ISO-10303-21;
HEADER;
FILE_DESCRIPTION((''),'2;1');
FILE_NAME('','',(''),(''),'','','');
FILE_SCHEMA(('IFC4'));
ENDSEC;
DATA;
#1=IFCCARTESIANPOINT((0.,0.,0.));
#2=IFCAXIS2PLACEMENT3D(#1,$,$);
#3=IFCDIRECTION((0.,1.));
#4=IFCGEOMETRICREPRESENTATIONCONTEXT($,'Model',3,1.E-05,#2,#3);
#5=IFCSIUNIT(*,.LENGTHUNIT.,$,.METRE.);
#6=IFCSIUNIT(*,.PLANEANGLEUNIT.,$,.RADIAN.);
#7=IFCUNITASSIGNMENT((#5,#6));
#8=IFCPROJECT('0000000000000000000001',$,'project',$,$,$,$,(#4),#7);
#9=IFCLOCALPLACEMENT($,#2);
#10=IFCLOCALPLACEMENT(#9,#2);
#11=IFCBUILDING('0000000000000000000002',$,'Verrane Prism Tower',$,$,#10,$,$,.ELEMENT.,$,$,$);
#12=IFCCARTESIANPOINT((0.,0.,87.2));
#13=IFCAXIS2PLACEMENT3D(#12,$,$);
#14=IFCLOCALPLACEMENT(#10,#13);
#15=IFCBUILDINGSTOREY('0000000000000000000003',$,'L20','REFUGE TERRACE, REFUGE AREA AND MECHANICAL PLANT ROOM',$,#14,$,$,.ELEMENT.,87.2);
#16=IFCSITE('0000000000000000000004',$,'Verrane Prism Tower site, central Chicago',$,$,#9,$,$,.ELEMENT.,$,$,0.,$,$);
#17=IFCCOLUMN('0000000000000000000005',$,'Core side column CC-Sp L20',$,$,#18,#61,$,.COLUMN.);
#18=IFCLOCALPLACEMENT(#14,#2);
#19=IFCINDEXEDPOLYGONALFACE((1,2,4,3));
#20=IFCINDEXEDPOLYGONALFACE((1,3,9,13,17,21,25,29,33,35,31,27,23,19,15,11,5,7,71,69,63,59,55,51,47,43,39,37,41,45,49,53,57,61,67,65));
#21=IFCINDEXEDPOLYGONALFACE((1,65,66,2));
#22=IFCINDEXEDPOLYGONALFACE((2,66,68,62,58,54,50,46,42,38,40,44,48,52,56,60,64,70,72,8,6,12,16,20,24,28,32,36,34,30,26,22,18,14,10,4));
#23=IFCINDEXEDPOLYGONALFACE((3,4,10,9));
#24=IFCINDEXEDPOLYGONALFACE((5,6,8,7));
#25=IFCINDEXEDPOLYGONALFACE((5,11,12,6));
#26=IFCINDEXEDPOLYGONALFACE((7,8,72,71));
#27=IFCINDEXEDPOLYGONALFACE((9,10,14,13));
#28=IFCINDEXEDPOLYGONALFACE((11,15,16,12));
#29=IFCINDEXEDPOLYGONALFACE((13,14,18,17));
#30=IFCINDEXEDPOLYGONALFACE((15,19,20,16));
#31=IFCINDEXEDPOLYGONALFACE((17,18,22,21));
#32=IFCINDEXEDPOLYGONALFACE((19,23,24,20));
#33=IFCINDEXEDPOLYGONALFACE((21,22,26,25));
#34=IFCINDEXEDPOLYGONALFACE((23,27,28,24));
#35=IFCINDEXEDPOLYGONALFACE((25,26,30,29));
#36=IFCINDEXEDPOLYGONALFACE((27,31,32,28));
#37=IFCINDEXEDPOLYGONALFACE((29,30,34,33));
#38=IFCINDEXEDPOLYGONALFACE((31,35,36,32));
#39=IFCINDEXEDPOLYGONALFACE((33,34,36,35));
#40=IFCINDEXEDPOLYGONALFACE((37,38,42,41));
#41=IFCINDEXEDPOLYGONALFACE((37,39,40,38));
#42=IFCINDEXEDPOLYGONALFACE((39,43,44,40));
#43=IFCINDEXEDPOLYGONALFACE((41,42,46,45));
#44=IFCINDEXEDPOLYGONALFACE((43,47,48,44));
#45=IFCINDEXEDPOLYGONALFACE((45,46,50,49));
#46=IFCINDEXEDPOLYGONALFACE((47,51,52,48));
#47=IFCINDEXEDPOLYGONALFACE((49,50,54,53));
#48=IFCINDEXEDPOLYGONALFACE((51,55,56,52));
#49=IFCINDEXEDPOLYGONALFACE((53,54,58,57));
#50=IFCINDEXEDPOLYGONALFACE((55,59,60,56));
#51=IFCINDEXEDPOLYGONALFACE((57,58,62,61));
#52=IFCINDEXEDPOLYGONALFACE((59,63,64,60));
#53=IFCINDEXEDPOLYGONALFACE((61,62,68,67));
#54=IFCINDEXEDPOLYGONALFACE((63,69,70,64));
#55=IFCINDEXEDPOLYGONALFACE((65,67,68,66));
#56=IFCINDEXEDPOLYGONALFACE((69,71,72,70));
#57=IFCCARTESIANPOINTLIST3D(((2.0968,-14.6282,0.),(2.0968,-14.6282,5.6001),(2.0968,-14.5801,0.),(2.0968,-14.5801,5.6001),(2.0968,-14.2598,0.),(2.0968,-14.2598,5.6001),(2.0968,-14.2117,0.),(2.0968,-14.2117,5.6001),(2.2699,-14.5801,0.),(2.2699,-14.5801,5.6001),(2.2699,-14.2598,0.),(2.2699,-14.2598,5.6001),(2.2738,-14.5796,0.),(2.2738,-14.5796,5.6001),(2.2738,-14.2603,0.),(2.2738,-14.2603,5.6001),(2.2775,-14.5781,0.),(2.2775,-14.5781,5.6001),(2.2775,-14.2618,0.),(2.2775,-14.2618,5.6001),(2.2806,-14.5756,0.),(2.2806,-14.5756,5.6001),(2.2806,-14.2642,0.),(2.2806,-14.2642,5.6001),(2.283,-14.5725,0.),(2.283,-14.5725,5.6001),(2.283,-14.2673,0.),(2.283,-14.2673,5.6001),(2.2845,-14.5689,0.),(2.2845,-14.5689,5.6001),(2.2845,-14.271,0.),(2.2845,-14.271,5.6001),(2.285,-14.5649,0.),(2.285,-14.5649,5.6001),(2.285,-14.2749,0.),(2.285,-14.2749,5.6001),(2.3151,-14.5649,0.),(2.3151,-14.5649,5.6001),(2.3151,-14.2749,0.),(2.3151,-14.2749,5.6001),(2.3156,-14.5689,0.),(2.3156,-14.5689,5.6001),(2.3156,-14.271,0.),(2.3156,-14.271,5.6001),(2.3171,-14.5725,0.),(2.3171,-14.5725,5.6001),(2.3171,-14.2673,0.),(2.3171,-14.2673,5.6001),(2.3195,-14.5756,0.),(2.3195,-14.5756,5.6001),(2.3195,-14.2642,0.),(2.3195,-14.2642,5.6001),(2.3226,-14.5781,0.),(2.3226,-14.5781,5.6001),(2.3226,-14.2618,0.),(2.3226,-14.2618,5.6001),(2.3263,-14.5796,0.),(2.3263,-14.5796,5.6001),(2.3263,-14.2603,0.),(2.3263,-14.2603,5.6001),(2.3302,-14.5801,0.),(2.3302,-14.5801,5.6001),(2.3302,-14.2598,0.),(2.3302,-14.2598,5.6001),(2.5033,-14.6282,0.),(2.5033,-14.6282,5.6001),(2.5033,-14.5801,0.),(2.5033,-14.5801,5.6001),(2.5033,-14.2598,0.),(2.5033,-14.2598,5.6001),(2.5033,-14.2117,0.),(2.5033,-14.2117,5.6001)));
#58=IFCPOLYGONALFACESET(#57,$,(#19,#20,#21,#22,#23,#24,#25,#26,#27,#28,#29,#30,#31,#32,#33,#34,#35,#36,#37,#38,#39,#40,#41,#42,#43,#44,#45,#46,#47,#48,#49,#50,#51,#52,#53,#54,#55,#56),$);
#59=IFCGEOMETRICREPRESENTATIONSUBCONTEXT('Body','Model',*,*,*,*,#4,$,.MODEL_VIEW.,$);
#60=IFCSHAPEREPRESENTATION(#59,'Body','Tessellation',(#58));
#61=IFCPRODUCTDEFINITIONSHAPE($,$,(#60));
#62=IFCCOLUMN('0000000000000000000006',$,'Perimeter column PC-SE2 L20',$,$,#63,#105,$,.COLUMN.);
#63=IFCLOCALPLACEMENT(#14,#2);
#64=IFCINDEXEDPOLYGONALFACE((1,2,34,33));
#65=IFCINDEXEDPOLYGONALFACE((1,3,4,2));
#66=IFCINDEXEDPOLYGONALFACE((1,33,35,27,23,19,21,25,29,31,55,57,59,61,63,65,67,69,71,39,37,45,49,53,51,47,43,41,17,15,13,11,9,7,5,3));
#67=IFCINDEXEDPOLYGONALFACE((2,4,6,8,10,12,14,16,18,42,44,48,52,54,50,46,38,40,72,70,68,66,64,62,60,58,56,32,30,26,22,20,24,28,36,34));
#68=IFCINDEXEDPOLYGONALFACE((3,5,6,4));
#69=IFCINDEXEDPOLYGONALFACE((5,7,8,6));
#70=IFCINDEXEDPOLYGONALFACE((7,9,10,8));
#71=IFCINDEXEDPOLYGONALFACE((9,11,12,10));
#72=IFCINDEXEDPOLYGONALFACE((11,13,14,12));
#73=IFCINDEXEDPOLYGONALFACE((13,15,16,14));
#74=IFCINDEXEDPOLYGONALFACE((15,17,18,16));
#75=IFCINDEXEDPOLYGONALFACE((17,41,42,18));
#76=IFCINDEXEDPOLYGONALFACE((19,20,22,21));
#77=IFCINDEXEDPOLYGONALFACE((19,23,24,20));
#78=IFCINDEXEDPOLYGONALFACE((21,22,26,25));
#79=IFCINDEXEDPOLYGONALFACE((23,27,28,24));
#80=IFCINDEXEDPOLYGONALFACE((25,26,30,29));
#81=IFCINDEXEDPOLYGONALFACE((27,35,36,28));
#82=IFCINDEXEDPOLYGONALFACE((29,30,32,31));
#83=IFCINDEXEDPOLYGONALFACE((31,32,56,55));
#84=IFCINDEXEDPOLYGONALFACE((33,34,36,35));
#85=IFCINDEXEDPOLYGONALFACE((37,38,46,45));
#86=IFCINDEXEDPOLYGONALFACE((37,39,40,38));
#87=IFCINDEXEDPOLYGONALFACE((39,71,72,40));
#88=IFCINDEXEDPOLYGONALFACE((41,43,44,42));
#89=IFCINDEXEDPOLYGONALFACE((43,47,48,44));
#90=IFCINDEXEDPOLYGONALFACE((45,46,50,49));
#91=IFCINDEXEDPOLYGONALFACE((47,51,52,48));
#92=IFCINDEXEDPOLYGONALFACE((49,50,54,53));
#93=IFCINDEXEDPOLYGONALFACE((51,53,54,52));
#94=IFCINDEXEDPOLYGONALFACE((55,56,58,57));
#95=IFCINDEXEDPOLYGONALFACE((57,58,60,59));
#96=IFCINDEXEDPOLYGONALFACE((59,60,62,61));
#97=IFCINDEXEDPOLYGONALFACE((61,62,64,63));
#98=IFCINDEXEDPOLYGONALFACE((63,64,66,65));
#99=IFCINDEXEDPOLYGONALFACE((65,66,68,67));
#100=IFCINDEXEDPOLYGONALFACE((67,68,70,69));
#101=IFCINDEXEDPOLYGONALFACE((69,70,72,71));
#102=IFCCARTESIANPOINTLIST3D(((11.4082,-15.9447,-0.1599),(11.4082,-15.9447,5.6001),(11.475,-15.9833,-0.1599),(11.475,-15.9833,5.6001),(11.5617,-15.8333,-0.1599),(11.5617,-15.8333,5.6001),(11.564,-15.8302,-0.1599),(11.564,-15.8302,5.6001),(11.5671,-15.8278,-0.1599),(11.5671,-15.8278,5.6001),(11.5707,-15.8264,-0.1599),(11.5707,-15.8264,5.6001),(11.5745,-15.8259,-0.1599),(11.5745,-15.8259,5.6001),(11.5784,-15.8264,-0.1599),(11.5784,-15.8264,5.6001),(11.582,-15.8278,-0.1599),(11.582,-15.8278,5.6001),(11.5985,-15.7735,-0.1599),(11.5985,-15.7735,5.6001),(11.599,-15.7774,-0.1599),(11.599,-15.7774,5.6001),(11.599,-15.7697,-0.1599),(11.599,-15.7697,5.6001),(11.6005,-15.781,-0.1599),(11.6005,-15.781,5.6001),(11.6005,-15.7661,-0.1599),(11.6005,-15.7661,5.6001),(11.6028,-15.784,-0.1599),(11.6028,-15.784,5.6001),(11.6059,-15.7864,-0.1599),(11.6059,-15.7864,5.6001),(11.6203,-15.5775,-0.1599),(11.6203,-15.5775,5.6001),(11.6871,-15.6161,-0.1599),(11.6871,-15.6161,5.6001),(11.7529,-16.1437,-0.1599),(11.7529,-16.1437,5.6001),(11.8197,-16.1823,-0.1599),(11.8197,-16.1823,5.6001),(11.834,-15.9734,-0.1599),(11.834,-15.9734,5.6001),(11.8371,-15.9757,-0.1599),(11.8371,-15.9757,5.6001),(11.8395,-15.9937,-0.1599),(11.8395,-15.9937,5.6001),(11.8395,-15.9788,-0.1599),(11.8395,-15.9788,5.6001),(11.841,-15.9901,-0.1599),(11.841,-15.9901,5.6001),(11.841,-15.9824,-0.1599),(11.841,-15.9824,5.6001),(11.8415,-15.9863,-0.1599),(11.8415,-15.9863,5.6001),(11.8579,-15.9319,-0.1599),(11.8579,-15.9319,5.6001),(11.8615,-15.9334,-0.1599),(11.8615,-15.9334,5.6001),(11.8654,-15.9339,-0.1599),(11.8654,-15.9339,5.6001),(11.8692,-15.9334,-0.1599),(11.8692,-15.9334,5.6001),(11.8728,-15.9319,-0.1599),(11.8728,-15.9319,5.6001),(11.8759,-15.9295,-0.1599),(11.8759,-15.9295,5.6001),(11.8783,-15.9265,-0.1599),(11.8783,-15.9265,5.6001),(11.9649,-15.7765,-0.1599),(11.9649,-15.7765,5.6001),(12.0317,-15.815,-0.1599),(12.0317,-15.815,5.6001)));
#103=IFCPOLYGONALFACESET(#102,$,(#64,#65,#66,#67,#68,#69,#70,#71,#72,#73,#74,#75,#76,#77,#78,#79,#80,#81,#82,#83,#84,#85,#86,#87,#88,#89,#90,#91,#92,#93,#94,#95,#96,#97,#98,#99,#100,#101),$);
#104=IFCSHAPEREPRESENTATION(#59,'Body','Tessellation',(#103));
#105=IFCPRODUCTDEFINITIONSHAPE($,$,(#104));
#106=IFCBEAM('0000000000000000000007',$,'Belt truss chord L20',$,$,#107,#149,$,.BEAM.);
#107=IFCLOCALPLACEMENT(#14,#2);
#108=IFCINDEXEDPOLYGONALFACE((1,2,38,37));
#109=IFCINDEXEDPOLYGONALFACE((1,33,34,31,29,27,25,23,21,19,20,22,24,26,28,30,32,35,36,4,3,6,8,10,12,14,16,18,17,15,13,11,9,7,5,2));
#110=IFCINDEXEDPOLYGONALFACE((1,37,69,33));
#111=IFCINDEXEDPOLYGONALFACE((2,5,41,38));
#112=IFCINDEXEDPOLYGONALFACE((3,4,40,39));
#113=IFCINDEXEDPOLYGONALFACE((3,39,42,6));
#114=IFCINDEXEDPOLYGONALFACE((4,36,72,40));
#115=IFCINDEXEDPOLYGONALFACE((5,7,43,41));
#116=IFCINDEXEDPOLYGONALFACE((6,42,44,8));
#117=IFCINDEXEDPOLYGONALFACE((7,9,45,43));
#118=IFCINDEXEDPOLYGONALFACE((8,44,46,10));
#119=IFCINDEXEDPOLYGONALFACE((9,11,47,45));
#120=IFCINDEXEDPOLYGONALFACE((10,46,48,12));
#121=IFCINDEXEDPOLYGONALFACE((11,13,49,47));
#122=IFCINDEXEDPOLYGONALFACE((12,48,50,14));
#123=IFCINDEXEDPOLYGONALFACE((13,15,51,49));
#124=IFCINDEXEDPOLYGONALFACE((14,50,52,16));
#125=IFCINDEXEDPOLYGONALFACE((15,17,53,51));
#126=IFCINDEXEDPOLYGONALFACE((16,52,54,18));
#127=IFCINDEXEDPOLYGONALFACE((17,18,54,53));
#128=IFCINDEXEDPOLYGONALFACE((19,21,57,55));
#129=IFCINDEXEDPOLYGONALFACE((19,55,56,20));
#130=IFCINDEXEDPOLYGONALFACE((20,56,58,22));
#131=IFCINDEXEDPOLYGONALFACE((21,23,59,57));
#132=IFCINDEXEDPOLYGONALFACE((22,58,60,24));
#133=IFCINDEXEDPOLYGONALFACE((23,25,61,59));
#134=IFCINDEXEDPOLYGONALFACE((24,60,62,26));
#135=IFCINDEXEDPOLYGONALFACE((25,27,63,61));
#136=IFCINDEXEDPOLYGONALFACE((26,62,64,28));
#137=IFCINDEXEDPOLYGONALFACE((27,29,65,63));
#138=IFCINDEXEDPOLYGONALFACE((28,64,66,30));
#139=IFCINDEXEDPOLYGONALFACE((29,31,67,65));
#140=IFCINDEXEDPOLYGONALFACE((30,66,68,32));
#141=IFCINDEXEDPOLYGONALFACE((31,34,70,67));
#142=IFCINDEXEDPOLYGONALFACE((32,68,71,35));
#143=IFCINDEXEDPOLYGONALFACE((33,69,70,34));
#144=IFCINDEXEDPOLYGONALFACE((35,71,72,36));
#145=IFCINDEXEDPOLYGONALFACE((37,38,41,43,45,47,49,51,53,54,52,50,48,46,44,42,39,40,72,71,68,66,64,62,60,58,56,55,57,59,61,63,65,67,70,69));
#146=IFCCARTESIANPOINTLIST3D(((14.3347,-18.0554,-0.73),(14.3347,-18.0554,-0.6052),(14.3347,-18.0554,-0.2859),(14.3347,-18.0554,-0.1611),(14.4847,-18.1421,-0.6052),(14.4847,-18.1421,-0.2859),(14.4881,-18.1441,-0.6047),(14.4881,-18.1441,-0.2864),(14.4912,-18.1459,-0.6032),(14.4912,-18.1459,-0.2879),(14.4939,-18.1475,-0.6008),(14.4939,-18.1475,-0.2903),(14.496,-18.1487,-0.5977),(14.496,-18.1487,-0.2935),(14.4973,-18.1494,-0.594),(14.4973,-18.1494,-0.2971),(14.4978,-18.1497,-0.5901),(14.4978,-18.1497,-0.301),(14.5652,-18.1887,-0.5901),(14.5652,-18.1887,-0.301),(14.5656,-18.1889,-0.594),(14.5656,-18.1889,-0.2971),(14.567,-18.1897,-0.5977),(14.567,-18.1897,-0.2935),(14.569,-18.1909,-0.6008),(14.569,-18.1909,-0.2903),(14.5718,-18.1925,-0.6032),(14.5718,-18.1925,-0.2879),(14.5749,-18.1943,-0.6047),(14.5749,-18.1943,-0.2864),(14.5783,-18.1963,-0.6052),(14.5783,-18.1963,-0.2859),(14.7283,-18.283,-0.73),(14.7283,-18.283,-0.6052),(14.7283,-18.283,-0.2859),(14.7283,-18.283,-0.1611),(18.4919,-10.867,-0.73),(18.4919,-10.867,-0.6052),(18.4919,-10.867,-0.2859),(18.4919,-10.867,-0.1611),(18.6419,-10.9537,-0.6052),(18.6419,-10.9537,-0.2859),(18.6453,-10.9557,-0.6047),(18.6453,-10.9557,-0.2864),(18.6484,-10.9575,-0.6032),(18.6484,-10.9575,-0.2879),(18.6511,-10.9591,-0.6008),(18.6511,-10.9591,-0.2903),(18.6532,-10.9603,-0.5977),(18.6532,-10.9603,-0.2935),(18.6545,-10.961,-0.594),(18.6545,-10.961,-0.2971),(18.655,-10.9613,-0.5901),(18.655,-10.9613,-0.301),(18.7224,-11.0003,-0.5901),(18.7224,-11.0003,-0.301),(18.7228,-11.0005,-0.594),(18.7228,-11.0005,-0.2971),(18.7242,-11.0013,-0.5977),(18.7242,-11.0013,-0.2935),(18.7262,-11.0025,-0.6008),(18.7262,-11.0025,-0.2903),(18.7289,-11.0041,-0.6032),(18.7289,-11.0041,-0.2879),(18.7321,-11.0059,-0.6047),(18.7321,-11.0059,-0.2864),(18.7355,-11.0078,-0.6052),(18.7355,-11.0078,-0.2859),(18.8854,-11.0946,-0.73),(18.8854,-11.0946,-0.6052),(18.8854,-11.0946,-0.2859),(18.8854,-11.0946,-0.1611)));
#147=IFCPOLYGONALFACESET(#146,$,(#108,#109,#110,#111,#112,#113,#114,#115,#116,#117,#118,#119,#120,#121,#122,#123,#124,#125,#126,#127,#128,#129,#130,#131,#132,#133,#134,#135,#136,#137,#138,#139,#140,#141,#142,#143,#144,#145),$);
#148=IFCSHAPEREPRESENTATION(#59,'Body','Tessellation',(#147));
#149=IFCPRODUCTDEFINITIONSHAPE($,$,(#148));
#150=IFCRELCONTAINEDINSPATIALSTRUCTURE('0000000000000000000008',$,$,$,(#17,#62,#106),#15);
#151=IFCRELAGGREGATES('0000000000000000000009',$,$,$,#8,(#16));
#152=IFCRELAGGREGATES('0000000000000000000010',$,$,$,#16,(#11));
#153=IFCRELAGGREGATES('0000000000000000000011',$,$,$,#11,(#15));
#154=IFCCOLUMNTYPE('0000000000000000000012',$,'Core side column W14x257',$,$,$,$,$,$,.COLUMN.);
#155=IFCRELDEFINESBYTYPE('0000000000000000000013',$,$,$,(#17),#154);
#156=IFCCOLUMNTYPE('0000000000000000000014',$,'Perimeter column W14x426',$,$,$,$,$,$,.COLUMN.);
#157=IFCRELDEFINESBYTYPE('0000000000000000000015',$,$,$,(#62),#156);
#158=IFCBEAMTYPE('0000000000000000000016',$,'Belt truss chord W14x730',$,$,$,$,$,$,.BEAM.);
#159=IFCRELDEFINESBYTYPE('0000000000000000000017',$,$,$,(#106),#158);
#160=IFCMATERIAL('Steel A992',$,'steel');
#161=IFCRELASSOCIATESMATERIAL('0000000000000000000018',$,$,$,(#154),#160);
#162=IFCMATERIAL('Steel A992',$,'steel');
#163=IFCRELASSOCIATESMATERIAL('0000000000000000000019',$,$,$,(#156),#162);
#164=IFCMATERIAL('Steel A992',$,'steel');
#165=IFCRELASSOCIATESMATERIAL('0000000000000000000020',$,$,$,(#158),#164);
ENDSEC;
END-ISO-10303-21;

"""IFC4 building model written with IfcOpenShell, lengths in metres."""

from ifc_helpers import new_model, si_unit, direction, frame, origin, origin_2d, place, context, subcontext, project, spatial, i_section, extrude, material, material_profile, profile_set, type_object, element, save


model = new_model("IFC4")

# Units and contexts
model_context = context("Model", 3, precision=1e-05, world=origin(), true_north=direction((0.0, 1.0)))
body_context = subcontext(model_context, "Body", "Model", "MODEL_VIEW")
ifc_project = project(units=[si_unit("LENGTHUNIT", "METRE"), si_unit("PLANEANGLEUNIT", "RADIAN")], contexts=[model_context])

# Site, building, storey
site_placement = place(None, origin())
site = spatial("IfcSite", under=ifc_project, at=site_placement, Name="Verrane Prism Tower site, central Chicago", CompositionType="ELEMENT", RefElevation=0.0)
building_placement = place(site_placement, origin())
building = spatial("IfcBuilding", under=site, at=building_placement, Name="Verrane Prism Tower", CompositionType="ELEMENT")
storey_placement = place(building_placement, frame((0.0, 0.0, 87.2)))
storey = spatial("IfcBuildingStorey", under=building, at=storey_placement, Name="L20", Description="REFUGE TERRACE, REFUGE AREA AND MECHANICAL PLANT ROOM", CompositionType="ELEMENT", Elevation=87.2)

# Columns
ifc_material_1 = material(Name="Steel A992", Category="steel")
ifc_material_profile_1 = material_profile(ifc_material_1, i_section(OverallWidth=0.4065, OverallDepth=0.4165, WebThickness=0.03, FlangeThickness=0.0481, FilletRadius=0.0151, at=origin_2d()), Name="W14x257")
ifc_profile_set_1 = profile_set([ifc_material_profile_1], Name="Steel A992")
column_type_1 = type_object("IfcColumnType", Name="Core side column W14x257", PredefinedType="COLUMN", material=ifc_profile_set_1)
column_1_placement = place(storey_placement, frame((2.3, -14.4199, 0.0), z_axis=(0.0, 0.0, 1.0), x_axis=(1.0, 0.0, 0.0)))
element("IfcColumn", 1, at=column_1_placement, inside=storey, type_object=column_type_1, Name="Core side column CC-Sp L20", PredefinedType="COLUMN", context=body_context, shape_type="SweptSolid", body=[
    extrude(i_section(OverallWidth=0.4065, OverallDepth=0.4165, WebThickness=0.03, FlangeThickness=0.0481, FilletRadius=0.0151, at=origin_2d()), origin(), (0.0, 0.0, 1.0), 5.6001),
])
ifc_material_2 = material(Name="Steel A992", Category="steel")
ifc_material_profile_2 = material_profile(ifc_material_2, i_section(OverallWidth=0.4241, OverallDepth=0.4751, WebThickness=0.0479, FlangeThickness=0.0771, FilletRadius=0.0149, at=origin_2d()), Name="W14x426")
ifc_profile_set_2 = profile_set([ifc_material_profile_2], Name="Steel A992")
column_type_2 = type_object("IfcColumnType", Name="Perimeter column W14x426", PredefinedType="COLUMN", material=ifc_profile_set_2)
column_2_placement = place(storey_placement, frame((11.72, -15.8799, -0.1599), z_axis=(0.0, 0.0, 1.0), x_axis=(-0.5, -0.866025, 0.0)))
element("IfcColumn", 2, at=column_2_placement, inside=storey, type_object=column_type_2, Name="Perimeter column PC-SE2 L20", PredefinedType="COLUMN", context=body_context, shape_type="SweptSolid", body=[
    extrude(i_section(OverallWidth=0.4241, OverallDepth=0.4751, WebThickness=0.0479, FlangeThickness=0.0771, FilletRadius=0.0149, at=origin_2d()), origin(), (0.0, 0.0, 1.0), 5.76),
])

# Beam
ifc_material_3 = material(Name="Steel A992", Category="steel")
ifc_material_profile_3 = material_profile(ifc_material_3, i_section(OverallWidth=0.4546, OverallDepth=0.5688, WebThickness=0.0779, FlangeThickness=0.1248, FilletRadius=0.0151, at=origin_2d()), Name="W14x730")
ifc_profile_set_3 = profile_set([ifc_material_profile_3], Name="Steel A992")
beam_type_1 = type_object("IfcBeamType", Name="Belt truss chord W14x730", PredefinedType="BEAM", material=ifc_profile_set_3)
beam_1_placement = place(storey_placement, frame((14.5315, -18.1692, -0.4456), z_axis=(0.500628, 0.865662, 0.0), x_axis=(-0.865662, 0.500628, 0.0)))
element("IfcBeam", 3, at=beam_1_placement, inside=storey, type_object=beam_type_1, Name="Belt truss chord L20", PredefinedType="BEAM", context=body_context, shape_type="SweptSolid", body=[
    extrude(i_section(OverallWidth=0.4546, OverallDepth=0.5688, WebThickness=0.0779, FlangeThickness=0.1248, FilletRadius=0.0151, at=origin_2d()), origin(), (0.0, 0.0, 1.0), 8.304),
])

save(model, "model.ifc")
